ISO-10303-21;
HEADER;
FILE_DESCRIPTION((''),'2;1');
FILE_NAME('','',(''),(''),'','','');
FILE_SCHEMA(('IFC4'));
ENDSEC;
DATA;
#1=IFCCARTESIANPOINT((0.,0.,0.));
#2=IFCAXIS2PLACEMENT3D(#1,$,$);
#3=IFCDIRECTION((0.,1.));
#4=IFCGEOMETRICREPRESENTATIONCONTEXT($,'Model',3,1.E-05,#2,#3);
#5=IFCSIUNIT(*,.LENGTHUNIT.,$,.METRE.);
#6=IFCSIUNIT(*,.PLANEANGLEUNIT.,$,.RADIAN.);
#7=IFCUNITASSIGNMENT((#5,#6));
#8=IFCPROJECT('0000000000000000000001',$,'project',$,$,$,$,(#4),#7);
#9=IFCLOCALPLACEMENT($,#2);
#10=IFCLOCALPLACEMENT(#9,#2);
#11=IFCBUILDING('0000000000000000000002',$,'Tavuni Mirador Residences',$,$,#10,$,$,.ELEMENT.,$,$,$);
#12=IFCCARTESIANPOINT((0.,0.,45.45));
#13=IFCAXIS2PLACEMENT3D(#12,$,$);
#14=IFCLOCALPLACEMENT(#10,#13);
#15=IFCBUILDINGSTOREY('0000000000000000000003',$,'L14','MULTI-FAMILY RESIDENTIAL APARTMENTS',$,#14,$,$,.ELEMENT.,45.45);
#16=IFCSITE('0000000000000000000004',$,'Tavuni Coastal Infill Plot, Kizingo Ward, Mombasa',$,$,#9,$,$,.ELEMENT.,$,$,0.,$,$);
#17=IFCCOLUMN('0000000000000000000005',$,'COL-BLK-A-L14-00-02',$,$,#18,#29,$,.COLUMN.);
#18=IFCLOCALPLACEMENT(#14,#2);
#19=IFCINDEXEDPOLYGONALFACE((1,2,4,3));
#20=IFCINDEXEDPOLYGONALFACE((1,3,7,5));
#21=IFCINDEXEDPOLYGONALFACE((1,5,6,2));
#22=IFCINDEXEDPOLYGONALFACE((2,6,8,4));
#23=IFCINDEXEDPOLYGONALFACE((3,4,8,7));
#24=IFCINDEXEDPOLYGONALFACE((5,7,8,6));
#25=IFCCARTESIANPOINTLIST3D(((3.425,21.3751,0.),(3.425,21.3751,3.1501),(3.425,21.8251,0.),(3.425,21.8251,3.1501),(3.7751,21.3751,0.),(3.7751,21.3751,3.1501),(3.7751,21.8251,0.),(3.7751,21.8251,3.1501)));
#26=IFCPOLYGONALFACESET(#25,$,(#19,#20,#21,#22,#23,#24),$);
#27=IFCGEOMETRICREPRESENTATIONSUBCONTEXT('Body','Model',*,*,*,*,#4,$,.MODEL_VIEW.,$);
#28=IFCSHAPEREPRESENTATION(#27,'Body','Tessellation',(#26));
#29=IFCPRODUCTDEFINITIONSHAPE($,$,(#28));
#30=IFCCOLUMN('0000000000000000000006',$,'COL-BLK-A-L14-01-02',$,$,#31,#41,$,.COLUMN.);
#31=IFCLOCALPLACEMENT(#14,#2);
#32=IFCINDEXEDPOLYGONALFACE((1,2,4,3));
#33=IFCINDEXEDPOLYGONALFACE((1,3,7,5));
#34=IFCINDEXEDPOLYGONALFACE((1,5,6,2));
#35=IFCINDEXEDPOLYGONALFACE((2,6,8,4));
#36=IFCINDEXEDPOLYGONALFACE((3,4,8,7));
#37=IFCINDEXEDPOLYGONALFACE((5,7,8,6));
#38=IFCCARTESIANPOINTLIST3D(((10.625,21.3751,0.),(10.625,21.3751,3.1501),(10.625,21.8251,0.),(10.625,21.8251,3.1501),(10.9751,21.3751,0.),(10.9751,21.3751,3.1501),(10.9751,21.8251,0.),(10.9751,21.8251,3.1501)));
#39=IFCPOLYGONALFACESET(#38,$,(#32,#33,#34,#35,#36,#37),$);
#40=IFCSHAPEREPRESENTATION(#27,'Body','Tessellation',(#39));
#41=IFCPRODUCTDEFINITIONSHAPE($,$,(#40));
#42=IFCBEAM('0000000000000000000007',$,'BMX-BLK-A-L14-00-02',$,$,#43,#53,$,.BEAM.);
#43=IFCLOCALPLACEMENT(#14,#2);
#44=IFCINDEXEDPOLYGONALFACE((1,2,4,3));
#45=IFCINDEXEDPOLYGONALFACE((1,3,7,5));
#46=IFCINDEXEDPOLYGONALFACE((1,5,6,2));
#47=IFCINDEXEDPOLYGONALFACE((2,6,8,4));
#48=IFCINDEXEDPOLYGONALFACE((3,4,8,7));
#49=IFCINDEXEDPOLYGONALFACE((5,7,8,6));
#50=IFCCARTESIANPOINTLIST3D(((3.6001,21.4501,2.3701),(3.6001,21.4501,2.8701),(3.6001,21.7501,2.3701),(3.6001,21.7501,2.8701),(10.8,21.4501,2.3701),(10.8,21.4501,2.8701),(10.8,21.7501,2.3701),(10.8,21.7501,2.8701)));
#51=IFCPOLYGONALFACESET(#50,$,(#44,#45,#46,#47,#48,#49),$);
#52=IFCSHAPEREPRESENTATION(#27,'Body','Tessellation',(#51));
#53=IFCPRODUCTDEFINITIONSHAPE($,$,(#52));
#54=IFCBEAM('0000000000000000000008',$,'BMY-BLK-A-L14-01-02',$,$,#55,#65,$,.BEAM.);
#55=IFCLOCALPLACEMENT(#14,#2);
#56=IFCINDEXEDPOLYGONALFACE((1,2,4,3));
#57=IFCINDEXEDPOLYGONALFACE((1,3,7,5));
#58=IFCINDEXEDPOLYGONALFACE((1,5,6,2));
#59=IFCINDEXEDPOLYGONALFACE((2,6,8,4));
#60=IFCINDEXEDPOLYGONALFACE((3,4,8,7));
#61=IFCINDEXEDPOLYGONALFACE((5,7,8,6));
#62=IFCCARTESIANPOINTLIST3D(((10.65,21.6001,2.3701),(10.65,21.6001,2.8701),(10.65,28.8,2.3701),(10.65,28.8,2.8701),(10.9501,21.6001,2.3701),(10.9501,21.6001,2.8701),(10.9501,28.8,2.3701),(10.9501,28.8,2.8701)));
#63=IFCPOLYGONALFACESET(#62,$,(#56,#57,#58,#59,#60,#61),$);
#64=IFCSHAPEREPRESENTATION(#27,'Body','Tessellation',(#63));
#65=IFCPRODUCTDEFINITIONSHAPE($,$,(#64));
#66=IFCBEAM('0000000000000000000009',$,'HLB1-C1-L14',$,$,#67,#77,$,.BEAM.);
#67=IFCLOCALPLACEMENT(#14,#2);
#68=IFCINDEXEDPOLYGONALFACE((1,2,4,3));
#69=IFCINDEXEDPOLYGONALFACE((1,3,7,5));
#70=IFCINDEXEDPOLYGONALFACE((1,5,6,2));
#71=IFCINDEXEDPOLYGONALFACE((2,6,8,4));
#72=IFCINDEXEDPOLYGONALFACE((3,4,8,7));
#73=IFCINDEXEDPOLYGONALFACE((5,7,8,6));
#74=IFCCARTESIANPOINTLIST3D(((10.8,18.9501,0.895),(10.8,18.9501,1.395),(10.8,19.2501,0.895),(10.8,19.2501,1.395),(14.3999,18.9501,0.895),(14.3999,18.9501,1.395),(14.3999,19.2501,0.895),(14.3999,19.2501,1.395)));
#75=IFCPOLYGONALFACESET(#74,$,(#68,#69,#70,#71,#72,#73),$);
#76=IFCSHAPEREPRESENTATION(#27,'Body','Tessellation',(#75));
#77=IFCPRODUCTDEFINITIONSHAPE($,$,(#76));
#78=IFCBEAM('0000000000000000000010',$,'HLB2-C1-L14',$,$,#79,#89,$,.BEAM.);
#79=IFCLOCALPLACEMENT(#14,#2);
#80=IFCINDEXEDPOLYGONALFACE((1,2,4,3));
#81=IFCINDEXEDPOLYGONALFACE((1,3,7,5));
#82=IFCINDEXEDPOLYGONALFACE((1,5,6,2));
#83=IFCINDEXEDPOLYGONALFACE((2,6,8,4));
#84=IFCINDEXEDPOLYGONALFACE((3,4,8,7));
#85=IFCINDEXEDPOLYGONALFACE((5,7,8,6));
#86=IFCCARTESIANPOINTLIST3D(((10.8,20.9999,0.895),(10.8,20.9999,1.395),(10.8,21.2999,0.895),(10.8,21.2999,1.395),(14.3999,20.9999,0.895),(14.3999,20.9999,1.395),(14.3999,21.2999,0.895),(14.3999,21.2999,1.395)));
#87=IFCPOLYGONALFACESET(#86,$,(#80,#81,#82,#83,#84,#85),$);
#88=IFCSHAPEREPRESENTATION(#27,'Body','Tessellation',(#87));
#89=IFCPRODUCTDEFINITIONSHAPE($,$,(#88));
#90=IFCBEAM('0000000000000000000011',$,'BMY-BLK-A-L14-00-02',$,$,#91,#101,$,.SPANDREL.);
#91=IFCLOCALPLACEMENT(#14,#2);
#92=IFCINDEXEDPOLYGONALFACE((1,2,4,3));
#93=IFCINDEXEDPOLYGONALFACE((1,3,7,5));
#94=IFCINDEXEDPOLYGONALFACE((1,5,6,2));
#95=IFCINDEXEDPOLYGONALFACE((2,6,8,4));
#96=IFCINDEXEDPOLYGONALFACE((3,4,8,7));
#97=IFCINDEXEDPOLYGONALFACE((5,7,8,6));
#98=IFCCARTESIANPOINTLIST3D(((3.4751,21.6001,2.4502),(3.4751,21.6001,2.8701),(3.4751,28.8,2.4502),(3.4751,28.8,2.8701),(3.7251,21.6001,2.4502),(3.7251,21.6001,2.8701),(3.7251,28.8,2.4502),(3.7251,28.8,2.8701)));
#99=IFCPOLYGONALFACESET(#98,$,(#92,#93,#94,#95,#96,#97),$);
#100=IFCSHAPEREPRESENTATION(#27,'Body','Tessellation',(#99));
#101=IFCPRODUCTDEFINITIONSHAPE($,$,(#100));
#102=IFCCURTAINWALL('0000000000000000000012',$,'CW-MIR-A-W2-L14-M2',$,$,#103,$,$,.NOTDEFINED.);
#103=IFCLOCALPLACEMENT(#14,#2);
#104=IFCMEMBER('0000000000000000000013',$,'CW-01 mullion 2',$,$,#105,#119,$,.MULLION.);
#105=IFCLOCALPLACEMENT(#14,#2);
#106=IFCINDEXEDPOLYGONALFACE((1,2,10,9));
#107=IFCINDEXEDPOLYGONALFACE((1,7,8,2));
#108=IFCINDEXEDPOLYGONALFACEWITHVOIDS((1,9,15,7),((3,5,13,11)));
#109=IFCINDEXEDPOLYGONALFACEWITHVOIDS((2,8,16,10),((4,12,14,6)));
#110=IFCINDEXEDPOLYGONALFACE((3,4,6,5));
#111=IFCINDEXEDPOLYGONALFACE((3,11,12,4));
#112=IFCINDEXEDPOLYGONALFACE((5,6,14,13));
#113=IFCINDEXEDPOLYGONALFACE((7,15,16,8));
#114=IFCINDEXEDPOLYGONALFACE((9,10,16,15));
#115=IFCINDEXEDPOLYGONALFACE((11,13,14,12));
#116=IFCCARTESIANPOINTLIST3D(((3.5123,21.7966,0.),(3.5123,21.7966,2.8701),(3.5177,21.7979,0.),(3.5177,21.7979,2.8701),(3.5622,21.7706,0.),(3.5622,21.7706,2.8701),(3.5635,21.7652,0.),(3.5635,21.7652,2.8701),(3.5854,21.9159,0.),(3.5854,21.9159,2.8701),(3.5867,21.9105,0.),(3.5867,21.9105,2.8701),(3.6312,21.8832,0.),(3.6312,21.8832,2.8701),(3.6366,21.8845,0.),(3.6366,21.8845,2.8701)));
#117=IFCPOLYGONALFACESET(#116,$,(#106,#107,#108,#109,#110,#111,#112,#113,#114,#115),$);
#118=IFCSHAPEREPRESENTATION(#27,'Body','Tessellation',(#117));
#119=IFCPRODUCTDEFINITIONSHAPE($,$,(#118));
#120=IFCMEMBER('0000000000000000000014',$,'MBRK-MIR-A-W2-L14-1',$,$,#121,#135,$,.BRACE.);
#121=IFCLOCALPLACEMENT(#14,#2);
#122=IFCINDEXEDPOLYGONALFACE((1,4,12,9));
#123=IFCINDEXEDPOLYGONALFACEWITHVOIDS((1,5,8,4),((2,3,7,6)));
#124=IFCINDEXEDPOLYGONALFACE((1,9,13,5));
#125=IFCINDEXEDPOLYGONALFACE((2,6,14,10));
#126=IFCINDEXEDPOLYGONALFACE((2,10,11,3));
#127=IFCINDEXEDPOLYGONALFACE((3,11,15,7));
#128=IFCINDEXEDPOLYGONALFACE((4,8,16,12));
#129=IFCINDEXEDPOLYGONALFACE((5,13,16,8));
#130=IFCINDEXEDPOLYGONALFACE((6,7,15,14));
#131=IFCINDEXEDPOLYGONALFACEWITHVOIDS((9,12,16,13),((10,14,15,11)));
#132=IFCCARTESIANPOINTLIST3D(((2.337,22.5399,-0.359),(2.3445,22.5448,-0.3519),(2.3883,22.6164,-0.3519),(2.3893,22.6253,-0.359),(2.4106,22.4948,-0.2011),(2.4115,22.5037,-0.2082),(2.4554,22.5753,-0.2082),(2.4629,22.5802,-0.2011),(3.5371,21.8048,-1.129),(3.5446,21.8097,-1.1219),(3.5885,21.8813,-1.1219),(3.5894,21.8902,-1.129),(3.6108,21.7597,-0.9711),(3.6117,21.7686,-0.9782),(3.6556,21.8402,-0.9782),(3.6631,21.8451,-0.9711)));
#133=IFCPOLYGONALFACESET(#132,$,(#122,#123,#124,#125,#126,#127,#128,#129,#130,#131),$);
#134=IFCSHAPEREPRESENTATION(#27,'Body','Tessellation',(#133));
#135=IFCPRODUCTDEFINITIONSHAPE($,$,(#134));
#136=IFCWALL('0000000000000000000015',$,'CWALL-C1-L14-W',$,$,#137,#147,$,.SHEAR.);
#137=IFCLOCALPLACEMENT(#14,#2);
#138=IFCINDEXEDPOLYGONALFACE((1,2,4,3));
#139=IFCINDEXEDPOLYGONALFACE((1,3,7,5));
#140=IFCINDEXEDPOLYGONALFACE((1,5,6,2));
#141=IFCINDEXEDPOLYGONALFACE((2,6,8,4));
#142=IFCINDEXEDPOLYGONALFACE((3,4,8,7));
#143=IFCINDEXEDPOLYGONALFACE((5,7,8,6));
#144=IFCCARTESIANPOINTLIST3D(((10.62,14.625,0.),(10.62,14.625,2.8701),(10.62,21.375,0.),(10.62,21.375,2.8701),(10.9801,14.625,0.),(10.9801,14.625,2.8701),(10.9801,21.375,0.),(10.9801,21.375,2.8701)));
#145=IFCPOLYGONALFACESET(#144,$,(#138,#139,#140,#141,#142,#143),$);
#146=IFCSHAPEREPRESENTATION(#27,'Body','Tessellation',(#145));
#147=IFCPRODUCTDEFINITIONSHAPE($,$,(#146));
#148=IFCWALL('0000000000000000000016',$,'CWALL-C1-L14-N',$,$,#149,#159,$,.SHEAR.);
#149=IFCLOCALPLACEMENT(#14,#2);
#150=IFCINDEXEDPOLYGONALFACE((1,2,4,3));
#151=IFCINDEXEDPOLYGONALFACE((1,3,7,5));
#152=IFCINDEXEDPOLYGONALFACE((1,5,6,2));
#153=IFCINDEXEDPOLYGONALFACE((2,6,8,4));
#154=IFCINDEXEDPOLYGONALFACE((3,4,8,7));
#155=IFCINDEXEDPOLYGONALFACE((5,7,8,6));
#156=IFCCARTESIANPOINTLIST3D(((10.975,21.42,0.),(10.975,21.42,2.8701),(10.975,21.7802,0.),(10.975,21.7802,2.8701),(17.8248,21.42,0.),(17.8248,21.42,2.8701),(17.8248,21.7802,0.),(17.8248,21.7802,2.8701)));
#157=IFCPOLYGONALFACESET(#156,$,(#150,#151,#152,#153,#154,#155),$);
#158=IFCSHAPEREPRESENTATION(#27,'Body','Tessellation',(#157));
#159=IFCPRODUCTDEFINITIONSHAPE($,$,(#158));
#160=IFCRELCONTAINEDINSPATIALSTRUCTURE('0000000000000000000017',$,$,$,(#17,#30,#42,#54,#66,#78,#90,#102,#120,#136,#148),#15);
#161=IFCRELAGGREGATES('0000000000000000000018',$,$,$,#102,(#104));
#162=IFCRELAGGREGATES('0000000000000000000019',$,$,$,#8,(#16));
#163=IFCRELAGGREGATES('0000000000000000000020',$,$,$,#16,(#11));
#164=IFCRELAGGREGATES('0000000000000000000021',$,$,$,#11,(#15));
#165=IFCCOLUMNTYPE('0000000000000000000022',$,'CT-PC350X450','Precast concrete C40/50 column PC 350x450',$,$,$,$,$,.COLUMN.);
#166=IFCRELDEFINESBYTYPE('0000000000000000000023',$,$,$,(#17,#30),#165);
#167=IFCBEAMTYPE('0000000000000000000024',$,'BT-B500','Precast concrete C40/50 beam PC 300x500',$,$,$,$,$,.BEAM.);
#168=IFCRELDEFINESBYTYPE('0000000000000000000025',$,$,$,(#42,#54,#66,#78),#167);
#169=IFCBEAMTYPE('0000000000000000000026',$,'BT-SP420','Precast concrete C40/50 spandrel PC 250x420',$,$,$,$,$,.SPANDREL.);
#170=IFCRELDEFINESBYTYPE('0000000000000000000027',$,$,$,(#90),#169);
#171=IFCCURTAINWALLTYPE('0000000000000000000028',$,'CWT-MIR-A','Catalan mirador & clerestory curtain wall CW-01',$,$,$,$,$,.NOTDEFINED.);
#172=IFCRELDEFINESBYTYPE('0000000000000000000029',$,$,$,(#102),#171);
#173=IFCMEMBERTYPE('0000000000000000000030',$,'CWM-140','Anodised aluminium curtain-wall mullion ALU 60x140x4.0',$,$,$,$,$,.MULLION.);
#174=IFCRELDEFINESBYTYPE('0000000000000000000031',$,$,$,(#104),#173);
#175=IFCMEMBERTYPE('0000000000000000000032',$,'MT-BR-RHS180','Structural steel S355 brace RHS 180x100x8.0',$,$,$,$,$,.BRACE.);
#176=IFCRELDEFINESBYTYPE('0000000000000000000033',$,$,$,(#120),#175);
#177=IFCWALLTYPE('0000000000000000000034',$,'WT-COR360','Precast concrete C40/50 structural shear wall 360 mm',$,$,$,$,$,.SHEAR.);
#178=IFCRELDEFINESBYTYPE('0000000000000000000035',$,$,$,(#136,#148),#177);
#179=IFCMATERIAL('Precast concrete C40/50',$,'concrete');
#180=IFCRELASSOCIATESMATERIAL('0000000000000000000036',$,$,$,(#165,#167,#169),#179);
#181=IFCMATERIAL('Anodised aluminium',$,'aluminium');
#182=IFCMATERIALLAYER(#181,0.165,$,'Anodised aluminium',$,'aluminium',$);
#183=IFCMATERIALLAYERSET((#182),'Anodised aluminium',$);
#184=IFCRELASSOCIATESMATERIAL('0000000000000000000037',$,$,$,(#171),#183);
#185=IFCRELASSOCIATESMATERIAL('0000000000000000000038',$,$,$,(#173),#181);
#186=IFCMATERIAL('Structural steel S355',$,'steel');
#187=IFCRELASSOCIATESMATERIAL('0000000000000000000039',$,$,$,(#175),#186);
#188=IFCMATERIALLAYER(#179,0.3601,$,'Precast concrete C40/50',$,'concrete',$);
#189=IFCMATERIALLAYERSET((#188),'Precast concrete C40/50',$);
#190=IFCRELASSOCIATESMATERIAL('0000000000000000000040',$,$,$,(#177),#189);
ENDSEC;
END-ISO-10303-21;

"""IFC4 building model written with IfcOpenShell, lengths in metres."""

from ifc_helpers import new_model, si_unit, direction, frame, frame_2d, origin, origin_2d, place, context, subcontext, project, spatial, rectangle, hollow_rectangle, extrude, material, layer, layer_set, material_profile, profile_set, type_object, element, aggregate, save


model = new_model("IFC4")

# Units and contexts
model_context = context("Model", 3, precision=1e-05, world=origin(), true_north=direction((0.0, 1.0)))
body_context = subcontext(model_context, "Body", "Model", "MODEL_VIEW")
ifc_project = project(units=[si_unit("LENGTHUNIT", "METRE"), si_unit("PLANEANGLEUNIT", "RADIAN")], contexts=[model_context])

# Site, building, storey
site_placement = place(None, origin())
site = spatial("IfcSite", under=ifc_project, at=site_placement, Name="Tavuni Coastal Infill Plot, Kizingo Ward, Mombasa", CompositionType="ELEMENT", RefElevation=0.0)
building_placement = place(site_placement, origin())
building = spatial("IfcBuilding", under=site, at=building_placement, Name="Tavuni Mirador Residences", CompositionType="ELEMENT")
storey_placement = place(building_placement, frame((0.0, 0.0, 45.45)))
storey = spatial("IfcBuildingStorey", under=building, at=storey_placement, Name="L14", Description="MULTI-FAMILY RESIDENTIAL APARTMENTS", CompositionType="ELEMENT", Elevation=45.45)

# Columns
ifc_material_1 = material(Name="Precast concrete C40/50", Category="concrete")
ifc_material_profile_1 = material_profile(ifc_material_1, rectangle(XDim=0.3501, YDim=0.45, at=origin_2d()), Name="PC 350x450", Category="concrete")
ifc_profile_set_1 = profile_set([ifc_material_profile_1], Name="Precast concrete C40/50")
column_type = type_object("IfcColumnType", Name="CT-PC350X450", Description="Precast concrete C40/50 column PC 350x450", PredefinedType="COLUMN", material=ifc_profile_set_1)
for number, where, z_axis, x_axis, name in (
    (1, (3.6001, 21.6001, 0.0), (0.0, 0.0, 1.0), (1.0, 0.0, 0.0), "COL-BLK-A-L14-00-02"),
    (2, (10.8, 21.6001, 0.0), (0.0, 0.0, 1.0), (1.0, 0.0, 0.0), "COL-BLK-A-L14-01-02"),
):
    element("IfcColumn", number, at=place(storey_placement, frame(where, z_axis=z_axis, x_axis=x_axis)), inside=storey, type_object=column_type, Name=name, PredefinedType="COLUMN", context=body_context, shape_type="SweptSolid", body=[
        extrude(rectangle(XDim=0.3501, YDim=0.45, at=origin_2d()), origin(), (0.0, 0.0, 1.0), 3.1501),
    ])

# Beams
ifc_material_profile_2 = material_profile(ifc_material_1, rectangle(XDim=0.3, YDim=0.5, at=origin_2d()), Name="PC 300x500", Category="concrete")
ifc_profile_set_2 = profile_set([ifc_material_profile_2], Name="Precast concrete C40/50")
beam_type_1 = type_object("IfcBeamType", Name="BT-B500", Description="Precast concrete C40/50 beam PC 300x500", PredefinedType="BEAM", material=ifc_profile_set_2)
for number, where, z_axis, x_axis, name in (
    (3, (3.6001, 21.6001, 2.6201), (1.0, 0.0, 0.0), (0.0, 1.0, 0.0), "BMX-BLK-A-L14-00-02"),
    (4, (10.8, 21.6001, 2.6201), (0.0, 1.0, 0.0), (-1.0, 0.0, 0.0), "BMY-BLK-A-L14-01-02"),
):
    element("IfcBeam", number, at=place(storey_placement, frame(where, z_axis=z_axis, x_axis=x_axis)), inside=storey, type_object=beam_type_1, Name=name, PredefinedType="BEAM", context=body_context, shape_type="SweptSolid", body=[
        extrude(rectangle(XDim=0.3, YDim=0.5, at=origin_2d()), origin(), (0.0, 0.0, 1.0), 7.2),
    ])
for number, where, z_axis, x_axis, name in (
    (5, (10.8, 19.1001, 1.145), (1.0, 0.0, 0.0), (0.0, 1.0, 0.0), "HLB1-C1-L14"),
    (6, (10.8, 21.1499, 1.145), (1.0, 0.0, 0.0), (0.0, 1.0, 0.0), "HLB2-C1-L14"),
):
    element("IfcBeam", number, at=place(storey_placement, frame(where, z_axis=z_axis, x_axis=x_axis)), inside=storey, type_object=beam_type_1, Name=name, PredefinedType="BEAM", context=body_context, shape_type="SweptSolid", body=[
        extrude(rectangle(XDim=0.3, YDim=0.5, at=origin_2d()), origin(), (0.0, 0.0, 1.0), 3.5999),
    ])
ifc_material_profile_3 = material_profile(ifc_material_1, rectangle(XDim=0.25, YDim=0.4199, at=origin_2d()), Name="PC 250x420", Category="concrete")
ifc_profile_set_3 = profile_set([ifc_material_profile_3], Name="Precast concrete C40/50")
beam_type_2 = type_object("IfcBeamType", Name="BT-SP420", Description="Precast concrete C40/50 spandrel PC 250x420", PredefinedType="SPANDREL", material=ifc_profile_set_3)
beam_placement = place(storey_placement, frame((3.6001, 21.6001, 2.6602), z_axis=(0.0, 1.0, 0.0), x_axis=(-1.0, 0.0, 0.0)))
element("IfcBeam", 7, at=beam_placement, inside=storey, type_object=beam_type_2, Name="BMY-BLK-A-L14-00-02", PredefinedType="SPANDREL", context=body_context, shape_type="SweptSolid", body=[
    extrude(rectangle(XDim=0.25, YDim=0.4199, at=origin_2d()), origin(), (0.0, 0.0, 1.0), 7.2),
])

# Curtain wall, member
ifc_material_2 = material(Name="Anodised aluminium", Category="aluminium")
ifc_layer_1 = layer(ifc_material_2, 0.165, Name="Anodised aluminium", Category="aluminium")
ifc_layer_set_1 = layer_set([ifc_layer_1], Name="Anodised aluminium")
curtain_wall_type = type_object("IfcCurtainWallType", Name="CWT-MIR-A", Description="Catalan mirador & clerestory curtain wall CW-01", PredefinedType="NOTDEFINED", material=ifc_layer_set_1)
curtain_wall_placement = place(storey_placement, origin())
curtain_wall = element("IfcCurtainWall", 8, at=curtain_wall_placement, inside=storey, type_object=curtain_wall_type, Name="CW-MIR-A-W2-L14-M2", PredefinedType="NOTDEFINED")
ifc_material_profile_4 = material_profile(ifc_material_2, hollow_rectangle(XDim=0.0601, YDim=0.1399, WallThickness=0.0039, at=origin_2d()), Name="ALU 60x140x4.0", Category="aluminium")
ifc_profile_set_4 = profile_set([ifc_material_profile_4], Name="Anodised aluminium")
member_type_1 = type_object("IfcMemberType", Name="CWM-140", Description="Anodised aluminium curtain-wall mullion ALU 60x140x4.0", PredefinedType="MULLION", material=ifc_profile_set_4)
member_1_placement = place(storey_placement, frame((3.5745, 21.8406, 0.0), z_axis=(0.0, 0.0, 1.0), x_axis=(0.852754, -0.522312, 0.0)))
member_1 = element("IfcMember", 9, at=member_1_placement, type_object=member_type_1, Name="CW-01 mullion 2", PredefinedType="MULLION", context=body_context, shape_type="SweptSolid", body=[
    extrude(hollow_rectangle(XDim=0.0601, YDim=0.1399, WallThickness=0.0039, at=origin_2d()), origin(), (0.0, 0.0, 1.0), 2.8701),
])
aggregate(curtain_wall, [member_1])

# Member
ifc_material_3 = material(Name="Structural steel S355", Category="steel")
ifc_material_profile_5 = material_profile(ifc_material_3, hollow_rectangle(XDim=0.1001, YDim=0.1799, WallThickness=0.0081, at=origin_2d()), Name="RHS 180x100x8.0", Category="steel")
ifc_profile_set_5 = profile_set([ifc_material_profile_5], Name="Structural steel S355")
member_type_2 = type_object("IfcMemberType", Name="MT-BR-RHS180", Description="Structural steel S355 brace RHS 180x100x8.0", PredefinedType="BRACE", material=ifc_profile_set_5)
member_2_placement = place(storey_placement, frame((3.6001, 21.825, -1.05), z_axis=(-0.748111, 0.45821, 0.479972), x_axis=(-0.522306, -0.852758, 0.0)))
element("IfcMember", 10, at=member_2_placement, inside=storey, type_object=member_type_2, Name="MBRK-MIR-A-W2-L14-1", PredefinedType="BRACE", context=body_context, shape_type="SweptSolid", body=[
    extrude(hollow_rectangle(XDim=0.1001, YDim=0.1799, WallThickness=0.0081, at=origin_2d()), origin(), (0.0, 0.0, 1.0), 1.6042),
])

# Walls
ifc_layer_2 = layer(ifc_material_1, 0.3601, Name="Precast concrete C40/50", Category="concrete")
ifc_layer_set_2 = layer_set([ifc_layer_2], Name="Precast concrete C40/50")
wall_type_1 = type_object("IfcWallType", Name="WT-COR360", Description="Precast concrete C40/50 structural shear wall 360 mm", PredefinedType="SHEAR", material=ifc_layer_set_2)
wall_1_placement = place(storey_placement, frame((10.8, 14.625, 0.0), z_axis=(0.0, 0.0, 1.0), x_axis=(0.0, 1.0, 0.0)))
element("IfcWall", 11, at=wall_1_placement, inside=storey, type_object=wall_type_1, Name="CWALL-C1-L14-W", PredefinedType="SHEAR", context=body_context, shape_type="SweptSolid", body=[
    extrude(rectangle(XDim=6.75, YDim=0.3601, at=frame_2d((3.375, 0.0))), origin(), (0.0, 0.0, 1.0), 2.8701),
])
wall_2_placement = place(storey_placement, frame((10.9751, 21.6001, 0.0), z_axis=(0.0, 0.0, 1.0), x_axis=(1.0, 0.0, 0.0)))
element("IfcWall", 12, at=wall_2_placement, inside=storey, type_object=wall_type_1, Name="CWALL-C1-L14-N", PredefinedType="SHEAR", context=body_context, shape_type="SweptSolid", body=[
    extrude(rectangle(XDim=6.8499, YDim=0.3601, at=frame_2d((3.4248, 0.0))), origin(), (0.0, 0.0, 1.0), 2.8701),
])

save(model, "model.ifc")
